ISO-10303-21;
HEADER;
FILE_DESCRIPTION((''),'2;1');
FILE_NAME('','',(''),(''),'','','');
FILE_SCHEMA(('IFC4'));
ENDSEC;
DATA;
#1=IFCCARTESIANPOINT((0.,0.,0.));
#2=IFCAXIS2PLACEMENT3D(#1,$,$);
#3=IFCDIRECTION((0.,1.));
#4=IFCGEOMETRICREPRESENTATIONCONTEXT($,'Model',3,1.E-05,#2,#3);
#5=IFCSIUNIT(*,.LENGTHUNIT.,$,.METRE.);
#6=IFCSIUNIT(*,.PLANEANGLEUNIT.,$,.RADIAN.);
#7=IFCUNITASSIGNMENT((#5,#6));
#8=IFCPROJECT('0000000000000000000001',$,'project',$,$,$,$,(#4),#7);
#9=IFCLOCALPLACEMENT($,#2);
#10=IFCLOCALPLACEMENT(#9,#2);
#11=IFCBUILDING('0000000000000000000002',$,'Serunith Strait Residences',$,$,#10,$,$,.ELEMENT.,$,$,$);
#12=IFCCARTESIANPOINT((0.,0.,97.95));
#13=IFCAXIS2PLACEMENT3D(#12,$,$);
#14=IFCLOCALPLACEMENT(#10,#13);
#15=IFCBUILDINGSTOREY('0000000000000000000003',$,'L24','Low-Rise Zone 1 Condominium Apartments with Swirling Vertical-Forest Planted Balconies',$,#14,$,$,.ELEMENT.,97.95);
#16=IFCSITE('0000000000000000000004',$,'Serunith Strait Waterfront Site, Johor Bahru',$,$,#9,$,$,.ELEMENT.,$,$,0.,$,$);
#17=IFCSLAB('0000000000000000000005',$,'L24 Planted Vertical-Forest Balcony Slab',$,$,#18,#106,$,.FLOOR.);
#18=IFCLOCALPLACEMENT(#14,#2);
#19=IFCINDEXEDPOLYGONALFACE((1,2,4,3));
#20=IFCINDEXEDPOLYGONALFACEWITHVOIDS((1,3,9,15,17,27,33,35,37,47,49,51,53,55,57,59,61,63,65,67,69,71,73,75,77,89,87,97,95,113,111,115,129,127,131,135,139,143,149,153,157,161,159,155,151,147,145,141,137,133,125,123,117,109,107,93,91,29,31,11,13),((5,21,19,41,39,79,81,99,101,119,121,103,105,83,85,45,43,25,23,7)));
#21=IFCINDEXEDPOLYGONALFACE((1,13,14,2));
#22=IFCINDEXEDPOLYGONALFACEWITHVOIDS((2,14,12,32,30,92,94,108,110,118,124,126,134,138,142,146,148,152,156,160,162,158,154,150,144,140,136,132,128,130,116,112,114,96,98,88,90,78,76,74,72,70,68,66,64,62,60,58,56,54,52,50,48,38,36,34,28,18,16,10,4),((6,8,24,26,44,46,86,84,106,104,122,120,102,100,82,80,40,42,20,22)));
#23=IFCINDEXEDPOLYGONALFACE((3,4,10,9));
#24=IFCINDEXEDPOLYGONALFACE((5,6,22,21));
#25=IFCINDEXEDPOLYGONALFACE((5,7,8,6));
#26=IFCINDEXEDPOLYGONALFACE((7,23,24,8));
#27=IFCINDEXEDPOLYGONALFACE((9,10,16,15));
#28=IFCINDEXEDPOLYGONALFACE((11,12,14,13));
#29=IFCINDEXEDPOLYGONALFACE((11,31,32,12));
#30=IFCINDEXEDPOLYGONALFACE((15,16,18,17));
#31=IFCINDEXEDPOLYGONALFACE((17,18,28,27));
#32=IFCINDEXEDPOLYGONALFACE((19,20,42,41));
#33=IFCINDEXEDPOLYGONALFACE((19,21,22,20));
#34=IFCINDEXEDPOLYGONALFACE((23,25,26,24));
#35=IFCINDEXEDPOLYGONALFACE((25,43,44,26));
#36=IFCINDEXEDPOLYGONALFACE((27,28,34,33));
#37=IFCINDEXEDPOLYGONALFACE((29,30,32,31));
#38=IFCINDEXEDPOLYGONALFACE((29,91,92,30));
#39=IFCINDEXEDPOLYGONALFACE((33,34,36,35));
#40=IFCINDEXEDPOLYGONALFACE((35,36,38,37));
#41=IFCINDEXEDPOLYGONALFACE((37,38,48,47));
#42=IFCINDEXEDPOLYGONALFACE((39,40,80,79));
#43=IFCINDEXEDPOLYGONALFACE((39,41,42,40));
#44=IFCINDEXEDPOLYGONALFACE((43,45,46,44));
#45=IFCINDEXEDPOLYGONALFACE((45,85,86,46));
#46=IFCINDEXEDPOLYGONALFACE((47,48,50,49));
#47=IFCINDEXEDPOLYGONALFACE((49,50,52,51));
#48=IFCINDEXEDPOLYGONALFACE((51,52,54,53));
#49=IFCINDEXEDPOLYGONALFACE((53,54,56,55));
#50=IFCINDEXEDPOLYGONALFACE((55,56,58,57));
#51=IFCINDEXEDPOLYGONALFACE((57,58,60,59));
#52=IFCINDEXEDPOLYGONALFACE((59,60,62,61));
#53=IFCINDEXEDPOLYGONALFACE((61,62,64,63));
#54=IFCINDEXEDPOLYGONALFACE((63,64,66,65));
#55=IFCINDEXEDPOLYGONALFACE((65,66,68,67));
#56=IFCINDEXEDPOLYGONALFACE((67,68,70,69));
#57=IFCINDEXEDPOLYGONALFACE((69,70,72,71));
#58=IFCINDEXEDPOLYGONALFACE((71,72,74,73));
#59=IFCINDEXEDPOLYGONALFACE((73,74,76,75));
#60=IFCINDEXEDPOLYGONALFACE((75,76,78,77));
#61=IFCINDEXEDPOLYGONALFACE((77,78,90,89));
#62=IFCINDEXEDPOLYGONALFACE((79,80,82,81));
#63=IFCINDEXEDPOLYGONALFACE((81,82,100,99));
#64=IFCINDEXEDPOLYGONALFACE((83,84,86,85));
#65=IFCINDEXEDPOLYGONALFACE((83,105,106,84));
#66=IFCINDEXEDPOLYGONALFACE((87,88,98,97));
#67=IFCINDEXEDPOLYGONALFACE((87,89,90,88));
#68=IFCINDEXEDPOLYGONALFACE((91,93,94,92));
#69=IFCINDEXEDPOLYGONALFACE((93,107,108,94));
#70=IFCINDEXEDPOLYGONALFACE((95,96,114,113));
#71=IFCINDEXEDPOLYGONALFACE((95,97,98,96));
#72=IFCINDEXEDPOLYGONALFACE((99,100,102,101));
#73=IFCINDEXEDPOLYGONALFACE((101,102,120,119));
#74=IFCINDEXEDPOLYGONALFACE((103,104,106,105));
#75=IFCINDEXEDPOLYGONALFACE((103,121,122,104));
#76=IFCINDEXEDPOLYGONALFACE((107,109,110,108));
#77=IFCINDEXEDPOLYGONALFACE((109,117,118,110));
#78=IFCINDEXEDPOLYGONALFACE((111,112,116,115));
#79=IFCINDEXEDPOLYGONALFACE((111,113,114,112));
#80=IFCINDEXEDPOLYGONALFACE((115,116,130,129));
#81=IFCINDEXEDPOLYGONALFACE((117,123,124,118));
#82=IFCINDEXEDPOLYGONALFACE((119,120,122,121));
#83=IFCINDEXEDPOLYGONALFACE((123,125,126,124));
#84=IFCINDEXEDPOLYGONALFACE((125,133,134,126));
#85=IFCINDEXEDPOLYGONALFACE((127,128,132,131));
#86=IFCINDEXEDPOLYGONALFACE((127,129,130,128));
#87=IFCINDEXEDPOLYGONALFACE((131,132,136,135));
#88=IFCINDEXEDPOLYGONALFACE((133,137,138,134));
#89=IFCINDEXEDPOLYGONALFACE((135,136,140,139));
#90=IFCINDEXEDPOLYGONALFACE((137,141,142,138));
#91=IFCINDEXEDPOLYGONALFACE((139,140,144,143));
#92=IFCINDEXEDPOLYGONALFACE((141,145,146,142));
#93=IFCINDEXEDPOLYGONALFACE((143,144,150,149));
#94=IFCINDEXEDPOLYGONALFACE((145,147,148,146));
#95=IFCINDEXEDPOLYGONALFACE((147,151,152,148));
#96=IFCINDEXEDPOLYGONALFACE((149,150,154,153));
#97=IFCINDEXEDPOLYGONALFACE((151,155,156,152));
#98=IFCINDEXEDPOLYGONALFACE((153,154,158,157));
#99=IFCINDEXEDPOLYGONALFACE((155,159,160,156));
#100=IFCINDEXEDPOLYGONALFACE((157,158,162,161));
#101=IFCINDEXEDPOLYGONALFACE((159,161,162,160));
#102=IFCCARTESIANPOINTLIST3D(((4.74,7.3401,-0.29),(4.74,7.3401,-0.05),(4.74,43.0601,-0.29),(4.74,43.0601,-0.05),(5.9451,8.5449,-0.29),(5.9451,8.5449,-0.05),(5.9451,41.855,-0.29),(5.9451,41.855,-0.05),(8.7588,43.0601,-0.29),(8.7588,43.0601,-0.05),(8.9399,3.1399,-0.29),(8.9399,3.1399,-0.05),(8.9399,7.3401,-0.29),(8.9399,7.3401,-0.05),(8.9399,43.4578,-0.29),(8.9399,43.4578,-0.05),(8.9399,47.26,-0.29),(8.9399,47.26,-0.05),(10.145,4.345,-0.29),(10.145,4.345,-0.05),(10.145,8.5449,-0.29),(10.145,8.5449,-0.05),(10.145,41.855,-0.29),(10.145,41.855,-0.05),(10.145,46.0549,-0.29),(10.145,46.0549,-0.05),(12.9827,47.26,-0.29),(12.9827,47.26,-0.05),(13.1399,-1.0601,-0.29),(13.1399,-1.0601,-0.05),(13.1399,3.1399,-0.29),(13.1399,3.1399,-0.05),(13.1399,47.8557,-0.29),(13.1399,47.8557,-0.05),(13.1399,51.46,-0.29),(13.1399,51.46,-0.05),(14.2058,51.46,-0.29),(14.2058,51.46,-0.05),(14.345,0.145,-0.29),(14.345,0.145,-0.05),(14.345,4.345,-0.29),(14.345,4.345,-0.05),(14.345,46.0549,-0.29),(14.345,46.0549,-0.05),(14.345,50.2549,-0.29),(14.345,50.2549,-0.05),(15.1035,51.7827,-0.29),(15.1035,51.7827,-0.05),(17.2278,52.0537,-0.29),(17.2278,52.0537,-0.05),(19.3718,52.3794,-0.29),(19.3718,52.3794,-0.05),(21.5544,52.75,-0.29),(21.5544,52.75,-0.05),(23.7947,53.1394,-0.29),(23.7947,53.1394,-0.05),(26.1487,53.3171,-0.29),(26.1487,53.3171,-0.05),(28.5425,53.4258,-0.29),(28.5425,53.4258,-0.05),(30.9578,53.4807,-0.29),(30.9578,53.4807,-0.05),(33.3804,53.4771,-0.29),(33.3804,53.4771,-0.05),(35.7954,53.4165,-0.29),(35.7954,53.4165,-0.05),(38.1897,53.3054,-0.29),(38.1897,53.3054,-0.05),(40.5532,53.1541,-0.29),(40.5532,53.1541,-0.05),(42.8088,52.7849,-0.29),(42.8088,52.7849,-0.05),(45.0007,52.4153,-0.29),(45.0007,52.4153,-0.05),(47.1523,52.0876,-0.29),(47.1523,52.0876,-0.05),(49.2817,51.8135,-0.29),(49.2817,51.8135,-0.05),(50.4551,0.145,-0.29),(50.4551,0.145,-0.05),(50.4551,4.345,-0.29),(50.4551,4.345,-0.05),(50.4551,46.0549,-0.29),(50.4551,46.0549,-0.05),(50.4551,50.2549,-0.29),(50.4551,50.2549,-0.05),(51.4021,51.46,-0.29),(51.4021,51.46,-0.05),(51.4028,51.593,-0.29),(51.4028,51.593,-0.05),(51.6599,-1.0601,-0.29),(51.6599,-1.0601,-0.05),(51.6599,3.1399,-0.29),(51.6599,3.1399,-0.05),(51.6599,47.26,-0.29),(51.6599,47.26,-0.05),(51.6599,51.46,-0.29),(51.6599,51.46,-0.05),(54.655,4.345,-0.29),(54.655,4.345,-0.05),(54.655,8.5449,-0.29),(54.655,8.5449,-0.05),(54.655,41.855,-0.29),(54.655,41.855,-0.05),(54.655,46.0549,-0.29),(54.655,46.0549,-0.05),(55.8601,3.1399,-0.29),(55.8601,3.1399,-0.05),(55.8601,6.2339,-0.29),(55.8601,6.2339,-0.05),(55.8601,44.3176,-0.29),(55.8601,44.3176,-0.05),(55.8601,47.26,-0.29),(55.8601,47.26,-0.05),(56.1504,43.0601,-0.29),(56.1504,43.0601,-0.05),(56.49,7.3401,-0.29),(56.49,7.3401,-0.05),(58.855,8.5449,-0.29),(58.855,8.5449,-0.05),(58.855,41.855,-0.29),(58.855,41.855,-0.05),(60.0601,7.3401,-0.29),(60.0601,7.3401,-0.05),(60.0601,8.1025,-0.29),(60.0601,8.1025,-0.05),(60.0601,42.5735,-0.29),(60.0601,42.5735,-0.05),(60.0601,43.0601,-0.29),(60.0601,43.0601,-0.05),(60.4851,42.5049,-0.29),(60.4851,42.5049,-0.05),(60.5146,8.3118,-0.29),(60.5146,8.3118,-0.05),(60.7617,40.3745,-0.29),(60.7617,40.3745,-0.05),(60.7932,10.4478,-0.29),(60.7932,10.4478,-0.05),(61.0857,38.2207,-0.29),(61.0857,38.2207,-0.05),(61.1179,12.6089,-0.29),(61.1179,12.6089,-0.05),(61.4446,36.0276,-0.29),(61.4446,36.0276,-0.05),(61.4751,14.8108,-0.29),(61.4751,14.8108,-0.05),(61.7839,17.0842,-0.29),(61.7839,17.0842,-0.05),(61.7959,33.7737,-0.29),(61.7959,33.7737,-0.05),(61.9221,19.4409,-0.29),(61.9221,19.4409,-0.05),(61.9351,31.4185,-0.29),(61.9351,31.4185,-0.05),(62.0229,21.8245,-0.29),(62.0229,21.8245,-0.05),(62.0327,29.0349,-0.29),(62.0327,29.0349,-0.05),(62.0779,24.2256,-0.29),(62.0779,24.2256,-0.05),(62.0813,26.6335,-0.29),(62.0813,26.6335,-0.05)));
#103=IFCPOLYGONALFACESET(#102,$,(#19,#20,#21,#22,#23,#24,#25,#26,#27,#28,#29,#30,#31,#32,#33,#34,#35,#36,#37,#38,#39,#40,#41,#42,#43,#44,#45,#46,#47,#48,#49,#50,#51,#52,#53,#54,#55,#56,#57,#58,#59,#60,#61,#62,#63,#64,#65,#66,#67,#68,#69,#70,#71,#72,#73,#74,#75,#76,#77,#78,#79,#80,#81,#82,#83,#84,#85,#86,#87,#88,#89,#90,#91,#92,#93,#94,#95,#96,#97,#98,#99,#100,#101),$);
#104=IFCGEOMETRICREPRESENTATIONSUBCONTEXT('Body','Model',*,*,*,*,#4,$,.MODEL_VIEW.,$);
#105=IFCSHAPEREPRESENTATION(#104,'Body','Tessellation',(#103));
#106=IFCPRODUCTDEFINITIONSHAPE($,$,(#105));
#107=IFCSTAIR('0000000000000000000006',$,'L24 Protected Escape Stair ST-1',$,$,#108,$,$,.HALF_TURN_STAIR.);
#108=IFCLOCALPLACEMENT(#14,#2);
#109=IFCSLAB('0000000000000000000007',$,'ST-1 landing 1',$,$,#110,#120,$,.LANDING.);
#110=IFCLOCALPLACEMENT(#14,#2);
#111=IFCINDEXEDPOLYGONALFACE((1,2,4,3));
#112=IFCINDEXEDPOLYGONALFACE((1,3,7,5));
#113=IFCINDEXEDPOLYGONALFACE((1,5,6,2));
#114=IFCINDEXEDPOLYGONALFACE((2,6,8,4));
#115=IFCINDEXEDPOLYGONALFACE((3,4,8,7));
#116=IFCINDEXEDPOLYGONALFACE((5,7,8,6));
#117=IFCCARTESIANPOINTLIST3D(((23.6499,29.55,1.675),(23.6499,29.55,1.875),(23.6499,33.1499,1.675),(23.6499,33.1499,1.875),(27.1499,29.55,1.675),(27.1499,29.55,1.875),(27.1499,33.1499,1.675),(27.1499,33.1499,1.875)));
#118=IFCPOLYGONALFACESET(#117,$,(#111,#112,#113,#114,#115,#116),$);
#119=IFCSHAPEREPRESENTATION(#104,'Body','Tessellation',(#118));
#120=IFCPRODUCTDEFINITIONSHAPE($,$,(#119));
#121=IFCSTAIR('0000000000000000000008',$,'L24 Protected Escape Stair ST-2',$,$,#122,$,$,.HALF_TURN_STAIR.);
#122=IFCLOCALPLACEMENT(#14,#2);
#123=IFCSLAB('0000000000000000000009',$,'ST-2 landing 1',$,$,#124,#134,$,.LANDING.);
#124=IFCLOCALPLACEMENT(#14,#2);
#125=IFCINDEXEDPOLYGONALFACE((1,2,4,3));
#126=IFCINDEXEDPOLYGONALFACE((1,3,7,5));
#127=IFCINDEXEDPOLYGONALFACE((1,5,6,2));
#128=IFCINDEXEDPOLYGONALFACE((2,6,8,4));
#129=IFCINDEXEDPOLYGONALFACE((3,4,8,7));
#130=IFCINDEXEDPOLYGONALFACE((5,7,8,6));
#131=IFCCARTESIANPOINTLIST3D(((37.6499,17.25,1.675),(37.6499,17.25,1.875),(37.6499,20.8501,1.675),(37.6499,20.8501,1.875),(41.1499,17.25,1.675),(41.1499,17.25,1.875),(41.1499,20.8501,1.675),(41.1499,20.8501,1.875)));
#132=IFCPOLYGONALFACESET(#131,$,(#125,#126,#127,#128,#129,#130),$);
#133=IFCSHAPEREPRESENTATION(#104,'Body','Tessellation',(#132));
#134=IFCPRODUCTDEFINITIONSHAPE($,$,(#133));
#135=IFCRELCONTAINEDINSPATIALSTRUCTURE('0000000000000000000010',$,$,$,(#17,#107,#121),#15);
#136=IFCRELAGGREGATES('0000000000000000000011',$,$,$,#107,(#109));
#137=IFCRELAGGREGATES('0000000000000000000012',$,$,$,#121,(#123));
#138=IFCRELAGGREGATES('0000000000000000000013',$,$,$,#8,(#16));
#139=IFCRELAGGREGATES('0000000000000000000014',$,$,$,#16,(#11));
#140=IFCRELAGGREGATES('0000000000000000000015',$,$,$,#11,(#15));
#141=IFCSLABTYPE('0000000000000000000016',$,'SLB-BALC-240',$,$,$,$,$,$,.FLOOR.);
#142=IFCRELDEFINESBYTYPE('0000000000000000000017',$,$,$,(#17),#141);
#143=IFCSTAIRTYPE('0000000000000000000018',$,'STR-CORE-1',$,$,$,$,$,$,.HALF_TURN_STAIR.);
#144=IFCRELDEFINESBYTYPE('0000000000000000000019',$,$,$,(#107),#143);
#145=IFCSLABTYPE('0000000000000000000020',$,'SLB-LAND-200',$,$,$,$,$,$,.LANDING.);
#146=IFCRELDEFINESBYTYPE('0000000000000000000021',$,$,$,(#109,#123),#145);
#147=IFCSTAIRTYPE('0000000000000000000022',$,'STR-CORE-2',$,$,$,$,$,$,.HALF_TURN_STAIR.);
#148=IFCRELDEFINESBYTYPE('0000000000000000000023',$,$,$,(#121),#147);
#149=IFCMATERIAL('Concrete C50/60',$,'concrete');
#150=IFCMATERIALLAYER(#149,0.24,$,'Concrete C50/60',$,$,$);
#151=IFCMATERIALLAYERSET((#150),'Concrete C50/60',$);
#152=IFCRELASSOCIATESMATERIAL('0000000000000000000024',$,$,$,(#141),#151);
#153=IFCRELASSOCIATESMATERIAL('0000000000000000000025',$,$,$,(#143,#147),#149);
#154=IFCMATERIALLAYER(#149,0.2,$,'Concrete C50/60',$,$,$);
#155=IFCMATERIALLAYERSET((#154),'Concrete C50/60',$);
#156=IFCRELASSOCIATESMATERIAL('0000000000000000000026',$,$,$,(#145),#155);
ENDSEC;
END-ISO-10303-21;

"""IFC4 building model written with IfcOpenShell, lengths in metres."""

from ifc_helpers import new_model, si_unit, direction, frame, origin, place, context, subcontext, project, spatial, polyline, outline, extrude, material, layer, layer_set, type_object, element, aggregate, save


model = new_model("IFC4")

# Units and contexts
model_context = context("Model", 3, precision=1e-05, world=origin(), true_north=direction((0.0, 1.0)))
body_context = subcontext(model_context, "Body", "Model", "MODEL_VIEW")
ifc_project = project(units=[si_unit("LENGTHUNIT", "METRE"), si_unit("PLANEANGLEUNIT", "RADIAN")], contexts=[model_context])

# Site, building, storey
site_placement = place(None, origin())
site = spatial("IfcSite", under=ifc_project, at=site_placement, Name="Serunith Strait Waterfront Site, Johor Bahru", CompositionType="ELEMENT", RefElevation=0.0)
building_placement = place(site_placement, origin())
building = spatial("IfcBuilding", under=site, at=building_placement, Name="Serunith Strait Residences", CompositionType="ELEMENT")
storey_placement = place(building_placement, frame((0.0, 0.0, 97.95)))
storey = spatial("IfcBuildingStorey", under=building, at=storey_placement, Name="L24", Description="Low-Rise Zone 1 Condominium Apartments with Swirling Vertical-Forest Planted Balconies", CompositionType="ELEMENT", Elevation=97.95)

# Slab
ifc_material_1 = material(Name="Concrete C50/60", Category="concrete")
ifc_layer_1 = layer(ifc_material_1, 0.24, Name="Concrete C50/60")
ifc_layer_set_1 = layer_set([ifc_layer_1], Name="Concrete C50/60")
slab_type_1 = type_object("IfcSlabType", Name="SLB-BALC-240", PredefinedType="FLOOR", material=ifc_layer_set_1)
slab_1_placement = place(storey_placement, frame((0.0, 0.0, -0.29)))
element("IfcSlab", 1, at=slab_1_placement, inside=storey, type_object=slab_type_1, Name="L24 Planted Vertical-Forest Balcony Slab", PredefinedType="FLOOR", context=body_context, shape_type="SweptSolid", body=[
    extrude(outline(polyline([(12.9827, 47.26), (13.1399, 47.8557), (13.1399, 51.46), (14.2058, 51.46), (15.1035, 51.7827), (17.2278, 52.0537), (19.3718, 52.3794), (21.5544, 52.75), (23.7947, 53.1394), (26.1487, 53.3171), (28.5425, 53.4258), (30.9578, 53.4807), (33.3804, 53.4771), (35.7954, 53.4165), (38.1897, 53.3054), (40.5532, 53.1541), (42.8088, 52.7849), (45.0007, 52.4153), (47.1523, 52.0876), (49.2817, 51.8135), (51.4028, 51.593), (51.4021, 51.46), (51.6599, 51.46), (51.6599, 47.26), (55.8601, 47.26), (55.8601, 44.3176), (56.1504, 43.0601), (60.0601, 43.0601), (60.0601, 42.5735), (60.4851, 42.5049), (60.7617, 40.3745), (61.0857, 38.2207), (61.4446, 36.0276), (61.7959, 33.7737), (61.9351, 31.4185), (62.0327, 29.0349), (62.0813, 26.6335), (62.0779, 24.2256), (62.0229, 21.8245), (61.9221, 19.4409), (61.7839, 17.0842), (61.4751, 14.8108), (61.1179, 12.6089), (60.7932, 10.4478), (60.5146, 8.3118), (60.0601, 8.1025), (60.0601, 7.3401), (56.49, 7.3401), (55.8601, 6.2339), (55.8601, 3.1399), (51.6599, 3.1399), (51.6599, -1.0601), (13.1399, -1.0601), (13.1399, 3.1399), (8.9399, 3.1399), (8.9399, 7.3401), (4.74, 7.3401), (4.74, 43.0601), (8.7588, 43.0601), (8.9399, 43.4578), (8.9399, 47.26), (12.9827, 47.26)]), holes=[polyline([(50.4551, 0.145), (50.4551, 4.345), (54.655, 4.345), (54.655, 8.5449), (58.855, 8.5449), (58.855, 41.855), (54.655, 41.855), (54.655, 46.0549), (50.4551, 46.0549), (50.4551, 50.2549), (14.345, 50.2549), (14.345, 46.0549), (10.145, 46.0549), (10.145, 41.855), (5.9451, 41.855), (5.9451, 8.5449), (10.145, 8.5449), (10.145, 4.345), (14.345, 4.345), (14.345, 0.145), (50.4551, 0.145)])]), origin(), (0.0, 0.0, 1.0), 0.24),
])

# Stairs, slabs
stair_type_1 = type_object("IfcStairType", Name="STR-CORE-1", PredefinedType="HALF_TURN_STAIR", material=ifc_material_1)
stair_1_placement = place(storey_placement, origin())
stair_1 = element("IfcStair", 2, at=stair_1_placement, inside=storey, type_object=stair_type_1, Name="L24 Protected Escape Stair ST-1", PredefinedType="HALF_TURN_STAIR")
ifc_layer_2 = layer(ifc_material_1, 0.2, Name="Concrete C50/60")
ifc_layer_set_2 = layer_set([ifc_layer_2], Name="Concrete C50/60")
slab_type_2 = type_object("IfcSlabType", Name="SLB-LAND-200", PredefinedType="LANDING", material=ifc_layer_set_2)
slab_2_placement = place(storey_placement, frame((0.0, 0.0, 1.675)))
slab_2 = element("IfcSlab", 3, at=slab_2_placement, type_object=slab_type_2, Name="ST-1 landing 1", PredefinedType="LANDING", context=body_context, shape_type="SweptSolid", body=[
    extrude(outline(polyline([(27.1499, 29.55), (27.1499, 33.1499), (23.6499, 33.1499), (23.6499, 29.55), (27.1499, 29.55)])), origin(), (0.0, 0.0, 1.0), 0.2),
])
aggregate(stair_1, [slab_2])
stair_type_2 = type_object("IfcStairType", Name="STR-CORE-2", PredefinedType="HALF_TURN_STAIR", material=ifc_material_1)
stair_2_placement = place(storey_placement, origin())
stair_2 = element("IfcStair", 4, at=stair_2_placement, inside=storey, type_object=stair_type_2, Name="L24 Protected Escape Stair ST-2", PredefinedType="HALF_TURN_STAIR")
slab_3_placement = place(storey_placement, frame((0.0, 0.0, 1.675)))
slab_3 = element("IfcSlab", 5, at=slab_3_placement, type_object=slab_type_2, Name="ST-2 landing 1", PredefinedType="LANDING", context=body_context, shape_type="SweptSolid", body=[
    extrude(outline(polyline([(37.6499, 20.8501), (37.6499, 17.25), (41.1499, 17.25), (41.1499, 20.8501), (37.6499, 20.8501)])), origin(), (0.0, 0.0, 1.0), 0.2),
])
aggregate(stair_2, [slab_3])

save(model, "model.ifc")
